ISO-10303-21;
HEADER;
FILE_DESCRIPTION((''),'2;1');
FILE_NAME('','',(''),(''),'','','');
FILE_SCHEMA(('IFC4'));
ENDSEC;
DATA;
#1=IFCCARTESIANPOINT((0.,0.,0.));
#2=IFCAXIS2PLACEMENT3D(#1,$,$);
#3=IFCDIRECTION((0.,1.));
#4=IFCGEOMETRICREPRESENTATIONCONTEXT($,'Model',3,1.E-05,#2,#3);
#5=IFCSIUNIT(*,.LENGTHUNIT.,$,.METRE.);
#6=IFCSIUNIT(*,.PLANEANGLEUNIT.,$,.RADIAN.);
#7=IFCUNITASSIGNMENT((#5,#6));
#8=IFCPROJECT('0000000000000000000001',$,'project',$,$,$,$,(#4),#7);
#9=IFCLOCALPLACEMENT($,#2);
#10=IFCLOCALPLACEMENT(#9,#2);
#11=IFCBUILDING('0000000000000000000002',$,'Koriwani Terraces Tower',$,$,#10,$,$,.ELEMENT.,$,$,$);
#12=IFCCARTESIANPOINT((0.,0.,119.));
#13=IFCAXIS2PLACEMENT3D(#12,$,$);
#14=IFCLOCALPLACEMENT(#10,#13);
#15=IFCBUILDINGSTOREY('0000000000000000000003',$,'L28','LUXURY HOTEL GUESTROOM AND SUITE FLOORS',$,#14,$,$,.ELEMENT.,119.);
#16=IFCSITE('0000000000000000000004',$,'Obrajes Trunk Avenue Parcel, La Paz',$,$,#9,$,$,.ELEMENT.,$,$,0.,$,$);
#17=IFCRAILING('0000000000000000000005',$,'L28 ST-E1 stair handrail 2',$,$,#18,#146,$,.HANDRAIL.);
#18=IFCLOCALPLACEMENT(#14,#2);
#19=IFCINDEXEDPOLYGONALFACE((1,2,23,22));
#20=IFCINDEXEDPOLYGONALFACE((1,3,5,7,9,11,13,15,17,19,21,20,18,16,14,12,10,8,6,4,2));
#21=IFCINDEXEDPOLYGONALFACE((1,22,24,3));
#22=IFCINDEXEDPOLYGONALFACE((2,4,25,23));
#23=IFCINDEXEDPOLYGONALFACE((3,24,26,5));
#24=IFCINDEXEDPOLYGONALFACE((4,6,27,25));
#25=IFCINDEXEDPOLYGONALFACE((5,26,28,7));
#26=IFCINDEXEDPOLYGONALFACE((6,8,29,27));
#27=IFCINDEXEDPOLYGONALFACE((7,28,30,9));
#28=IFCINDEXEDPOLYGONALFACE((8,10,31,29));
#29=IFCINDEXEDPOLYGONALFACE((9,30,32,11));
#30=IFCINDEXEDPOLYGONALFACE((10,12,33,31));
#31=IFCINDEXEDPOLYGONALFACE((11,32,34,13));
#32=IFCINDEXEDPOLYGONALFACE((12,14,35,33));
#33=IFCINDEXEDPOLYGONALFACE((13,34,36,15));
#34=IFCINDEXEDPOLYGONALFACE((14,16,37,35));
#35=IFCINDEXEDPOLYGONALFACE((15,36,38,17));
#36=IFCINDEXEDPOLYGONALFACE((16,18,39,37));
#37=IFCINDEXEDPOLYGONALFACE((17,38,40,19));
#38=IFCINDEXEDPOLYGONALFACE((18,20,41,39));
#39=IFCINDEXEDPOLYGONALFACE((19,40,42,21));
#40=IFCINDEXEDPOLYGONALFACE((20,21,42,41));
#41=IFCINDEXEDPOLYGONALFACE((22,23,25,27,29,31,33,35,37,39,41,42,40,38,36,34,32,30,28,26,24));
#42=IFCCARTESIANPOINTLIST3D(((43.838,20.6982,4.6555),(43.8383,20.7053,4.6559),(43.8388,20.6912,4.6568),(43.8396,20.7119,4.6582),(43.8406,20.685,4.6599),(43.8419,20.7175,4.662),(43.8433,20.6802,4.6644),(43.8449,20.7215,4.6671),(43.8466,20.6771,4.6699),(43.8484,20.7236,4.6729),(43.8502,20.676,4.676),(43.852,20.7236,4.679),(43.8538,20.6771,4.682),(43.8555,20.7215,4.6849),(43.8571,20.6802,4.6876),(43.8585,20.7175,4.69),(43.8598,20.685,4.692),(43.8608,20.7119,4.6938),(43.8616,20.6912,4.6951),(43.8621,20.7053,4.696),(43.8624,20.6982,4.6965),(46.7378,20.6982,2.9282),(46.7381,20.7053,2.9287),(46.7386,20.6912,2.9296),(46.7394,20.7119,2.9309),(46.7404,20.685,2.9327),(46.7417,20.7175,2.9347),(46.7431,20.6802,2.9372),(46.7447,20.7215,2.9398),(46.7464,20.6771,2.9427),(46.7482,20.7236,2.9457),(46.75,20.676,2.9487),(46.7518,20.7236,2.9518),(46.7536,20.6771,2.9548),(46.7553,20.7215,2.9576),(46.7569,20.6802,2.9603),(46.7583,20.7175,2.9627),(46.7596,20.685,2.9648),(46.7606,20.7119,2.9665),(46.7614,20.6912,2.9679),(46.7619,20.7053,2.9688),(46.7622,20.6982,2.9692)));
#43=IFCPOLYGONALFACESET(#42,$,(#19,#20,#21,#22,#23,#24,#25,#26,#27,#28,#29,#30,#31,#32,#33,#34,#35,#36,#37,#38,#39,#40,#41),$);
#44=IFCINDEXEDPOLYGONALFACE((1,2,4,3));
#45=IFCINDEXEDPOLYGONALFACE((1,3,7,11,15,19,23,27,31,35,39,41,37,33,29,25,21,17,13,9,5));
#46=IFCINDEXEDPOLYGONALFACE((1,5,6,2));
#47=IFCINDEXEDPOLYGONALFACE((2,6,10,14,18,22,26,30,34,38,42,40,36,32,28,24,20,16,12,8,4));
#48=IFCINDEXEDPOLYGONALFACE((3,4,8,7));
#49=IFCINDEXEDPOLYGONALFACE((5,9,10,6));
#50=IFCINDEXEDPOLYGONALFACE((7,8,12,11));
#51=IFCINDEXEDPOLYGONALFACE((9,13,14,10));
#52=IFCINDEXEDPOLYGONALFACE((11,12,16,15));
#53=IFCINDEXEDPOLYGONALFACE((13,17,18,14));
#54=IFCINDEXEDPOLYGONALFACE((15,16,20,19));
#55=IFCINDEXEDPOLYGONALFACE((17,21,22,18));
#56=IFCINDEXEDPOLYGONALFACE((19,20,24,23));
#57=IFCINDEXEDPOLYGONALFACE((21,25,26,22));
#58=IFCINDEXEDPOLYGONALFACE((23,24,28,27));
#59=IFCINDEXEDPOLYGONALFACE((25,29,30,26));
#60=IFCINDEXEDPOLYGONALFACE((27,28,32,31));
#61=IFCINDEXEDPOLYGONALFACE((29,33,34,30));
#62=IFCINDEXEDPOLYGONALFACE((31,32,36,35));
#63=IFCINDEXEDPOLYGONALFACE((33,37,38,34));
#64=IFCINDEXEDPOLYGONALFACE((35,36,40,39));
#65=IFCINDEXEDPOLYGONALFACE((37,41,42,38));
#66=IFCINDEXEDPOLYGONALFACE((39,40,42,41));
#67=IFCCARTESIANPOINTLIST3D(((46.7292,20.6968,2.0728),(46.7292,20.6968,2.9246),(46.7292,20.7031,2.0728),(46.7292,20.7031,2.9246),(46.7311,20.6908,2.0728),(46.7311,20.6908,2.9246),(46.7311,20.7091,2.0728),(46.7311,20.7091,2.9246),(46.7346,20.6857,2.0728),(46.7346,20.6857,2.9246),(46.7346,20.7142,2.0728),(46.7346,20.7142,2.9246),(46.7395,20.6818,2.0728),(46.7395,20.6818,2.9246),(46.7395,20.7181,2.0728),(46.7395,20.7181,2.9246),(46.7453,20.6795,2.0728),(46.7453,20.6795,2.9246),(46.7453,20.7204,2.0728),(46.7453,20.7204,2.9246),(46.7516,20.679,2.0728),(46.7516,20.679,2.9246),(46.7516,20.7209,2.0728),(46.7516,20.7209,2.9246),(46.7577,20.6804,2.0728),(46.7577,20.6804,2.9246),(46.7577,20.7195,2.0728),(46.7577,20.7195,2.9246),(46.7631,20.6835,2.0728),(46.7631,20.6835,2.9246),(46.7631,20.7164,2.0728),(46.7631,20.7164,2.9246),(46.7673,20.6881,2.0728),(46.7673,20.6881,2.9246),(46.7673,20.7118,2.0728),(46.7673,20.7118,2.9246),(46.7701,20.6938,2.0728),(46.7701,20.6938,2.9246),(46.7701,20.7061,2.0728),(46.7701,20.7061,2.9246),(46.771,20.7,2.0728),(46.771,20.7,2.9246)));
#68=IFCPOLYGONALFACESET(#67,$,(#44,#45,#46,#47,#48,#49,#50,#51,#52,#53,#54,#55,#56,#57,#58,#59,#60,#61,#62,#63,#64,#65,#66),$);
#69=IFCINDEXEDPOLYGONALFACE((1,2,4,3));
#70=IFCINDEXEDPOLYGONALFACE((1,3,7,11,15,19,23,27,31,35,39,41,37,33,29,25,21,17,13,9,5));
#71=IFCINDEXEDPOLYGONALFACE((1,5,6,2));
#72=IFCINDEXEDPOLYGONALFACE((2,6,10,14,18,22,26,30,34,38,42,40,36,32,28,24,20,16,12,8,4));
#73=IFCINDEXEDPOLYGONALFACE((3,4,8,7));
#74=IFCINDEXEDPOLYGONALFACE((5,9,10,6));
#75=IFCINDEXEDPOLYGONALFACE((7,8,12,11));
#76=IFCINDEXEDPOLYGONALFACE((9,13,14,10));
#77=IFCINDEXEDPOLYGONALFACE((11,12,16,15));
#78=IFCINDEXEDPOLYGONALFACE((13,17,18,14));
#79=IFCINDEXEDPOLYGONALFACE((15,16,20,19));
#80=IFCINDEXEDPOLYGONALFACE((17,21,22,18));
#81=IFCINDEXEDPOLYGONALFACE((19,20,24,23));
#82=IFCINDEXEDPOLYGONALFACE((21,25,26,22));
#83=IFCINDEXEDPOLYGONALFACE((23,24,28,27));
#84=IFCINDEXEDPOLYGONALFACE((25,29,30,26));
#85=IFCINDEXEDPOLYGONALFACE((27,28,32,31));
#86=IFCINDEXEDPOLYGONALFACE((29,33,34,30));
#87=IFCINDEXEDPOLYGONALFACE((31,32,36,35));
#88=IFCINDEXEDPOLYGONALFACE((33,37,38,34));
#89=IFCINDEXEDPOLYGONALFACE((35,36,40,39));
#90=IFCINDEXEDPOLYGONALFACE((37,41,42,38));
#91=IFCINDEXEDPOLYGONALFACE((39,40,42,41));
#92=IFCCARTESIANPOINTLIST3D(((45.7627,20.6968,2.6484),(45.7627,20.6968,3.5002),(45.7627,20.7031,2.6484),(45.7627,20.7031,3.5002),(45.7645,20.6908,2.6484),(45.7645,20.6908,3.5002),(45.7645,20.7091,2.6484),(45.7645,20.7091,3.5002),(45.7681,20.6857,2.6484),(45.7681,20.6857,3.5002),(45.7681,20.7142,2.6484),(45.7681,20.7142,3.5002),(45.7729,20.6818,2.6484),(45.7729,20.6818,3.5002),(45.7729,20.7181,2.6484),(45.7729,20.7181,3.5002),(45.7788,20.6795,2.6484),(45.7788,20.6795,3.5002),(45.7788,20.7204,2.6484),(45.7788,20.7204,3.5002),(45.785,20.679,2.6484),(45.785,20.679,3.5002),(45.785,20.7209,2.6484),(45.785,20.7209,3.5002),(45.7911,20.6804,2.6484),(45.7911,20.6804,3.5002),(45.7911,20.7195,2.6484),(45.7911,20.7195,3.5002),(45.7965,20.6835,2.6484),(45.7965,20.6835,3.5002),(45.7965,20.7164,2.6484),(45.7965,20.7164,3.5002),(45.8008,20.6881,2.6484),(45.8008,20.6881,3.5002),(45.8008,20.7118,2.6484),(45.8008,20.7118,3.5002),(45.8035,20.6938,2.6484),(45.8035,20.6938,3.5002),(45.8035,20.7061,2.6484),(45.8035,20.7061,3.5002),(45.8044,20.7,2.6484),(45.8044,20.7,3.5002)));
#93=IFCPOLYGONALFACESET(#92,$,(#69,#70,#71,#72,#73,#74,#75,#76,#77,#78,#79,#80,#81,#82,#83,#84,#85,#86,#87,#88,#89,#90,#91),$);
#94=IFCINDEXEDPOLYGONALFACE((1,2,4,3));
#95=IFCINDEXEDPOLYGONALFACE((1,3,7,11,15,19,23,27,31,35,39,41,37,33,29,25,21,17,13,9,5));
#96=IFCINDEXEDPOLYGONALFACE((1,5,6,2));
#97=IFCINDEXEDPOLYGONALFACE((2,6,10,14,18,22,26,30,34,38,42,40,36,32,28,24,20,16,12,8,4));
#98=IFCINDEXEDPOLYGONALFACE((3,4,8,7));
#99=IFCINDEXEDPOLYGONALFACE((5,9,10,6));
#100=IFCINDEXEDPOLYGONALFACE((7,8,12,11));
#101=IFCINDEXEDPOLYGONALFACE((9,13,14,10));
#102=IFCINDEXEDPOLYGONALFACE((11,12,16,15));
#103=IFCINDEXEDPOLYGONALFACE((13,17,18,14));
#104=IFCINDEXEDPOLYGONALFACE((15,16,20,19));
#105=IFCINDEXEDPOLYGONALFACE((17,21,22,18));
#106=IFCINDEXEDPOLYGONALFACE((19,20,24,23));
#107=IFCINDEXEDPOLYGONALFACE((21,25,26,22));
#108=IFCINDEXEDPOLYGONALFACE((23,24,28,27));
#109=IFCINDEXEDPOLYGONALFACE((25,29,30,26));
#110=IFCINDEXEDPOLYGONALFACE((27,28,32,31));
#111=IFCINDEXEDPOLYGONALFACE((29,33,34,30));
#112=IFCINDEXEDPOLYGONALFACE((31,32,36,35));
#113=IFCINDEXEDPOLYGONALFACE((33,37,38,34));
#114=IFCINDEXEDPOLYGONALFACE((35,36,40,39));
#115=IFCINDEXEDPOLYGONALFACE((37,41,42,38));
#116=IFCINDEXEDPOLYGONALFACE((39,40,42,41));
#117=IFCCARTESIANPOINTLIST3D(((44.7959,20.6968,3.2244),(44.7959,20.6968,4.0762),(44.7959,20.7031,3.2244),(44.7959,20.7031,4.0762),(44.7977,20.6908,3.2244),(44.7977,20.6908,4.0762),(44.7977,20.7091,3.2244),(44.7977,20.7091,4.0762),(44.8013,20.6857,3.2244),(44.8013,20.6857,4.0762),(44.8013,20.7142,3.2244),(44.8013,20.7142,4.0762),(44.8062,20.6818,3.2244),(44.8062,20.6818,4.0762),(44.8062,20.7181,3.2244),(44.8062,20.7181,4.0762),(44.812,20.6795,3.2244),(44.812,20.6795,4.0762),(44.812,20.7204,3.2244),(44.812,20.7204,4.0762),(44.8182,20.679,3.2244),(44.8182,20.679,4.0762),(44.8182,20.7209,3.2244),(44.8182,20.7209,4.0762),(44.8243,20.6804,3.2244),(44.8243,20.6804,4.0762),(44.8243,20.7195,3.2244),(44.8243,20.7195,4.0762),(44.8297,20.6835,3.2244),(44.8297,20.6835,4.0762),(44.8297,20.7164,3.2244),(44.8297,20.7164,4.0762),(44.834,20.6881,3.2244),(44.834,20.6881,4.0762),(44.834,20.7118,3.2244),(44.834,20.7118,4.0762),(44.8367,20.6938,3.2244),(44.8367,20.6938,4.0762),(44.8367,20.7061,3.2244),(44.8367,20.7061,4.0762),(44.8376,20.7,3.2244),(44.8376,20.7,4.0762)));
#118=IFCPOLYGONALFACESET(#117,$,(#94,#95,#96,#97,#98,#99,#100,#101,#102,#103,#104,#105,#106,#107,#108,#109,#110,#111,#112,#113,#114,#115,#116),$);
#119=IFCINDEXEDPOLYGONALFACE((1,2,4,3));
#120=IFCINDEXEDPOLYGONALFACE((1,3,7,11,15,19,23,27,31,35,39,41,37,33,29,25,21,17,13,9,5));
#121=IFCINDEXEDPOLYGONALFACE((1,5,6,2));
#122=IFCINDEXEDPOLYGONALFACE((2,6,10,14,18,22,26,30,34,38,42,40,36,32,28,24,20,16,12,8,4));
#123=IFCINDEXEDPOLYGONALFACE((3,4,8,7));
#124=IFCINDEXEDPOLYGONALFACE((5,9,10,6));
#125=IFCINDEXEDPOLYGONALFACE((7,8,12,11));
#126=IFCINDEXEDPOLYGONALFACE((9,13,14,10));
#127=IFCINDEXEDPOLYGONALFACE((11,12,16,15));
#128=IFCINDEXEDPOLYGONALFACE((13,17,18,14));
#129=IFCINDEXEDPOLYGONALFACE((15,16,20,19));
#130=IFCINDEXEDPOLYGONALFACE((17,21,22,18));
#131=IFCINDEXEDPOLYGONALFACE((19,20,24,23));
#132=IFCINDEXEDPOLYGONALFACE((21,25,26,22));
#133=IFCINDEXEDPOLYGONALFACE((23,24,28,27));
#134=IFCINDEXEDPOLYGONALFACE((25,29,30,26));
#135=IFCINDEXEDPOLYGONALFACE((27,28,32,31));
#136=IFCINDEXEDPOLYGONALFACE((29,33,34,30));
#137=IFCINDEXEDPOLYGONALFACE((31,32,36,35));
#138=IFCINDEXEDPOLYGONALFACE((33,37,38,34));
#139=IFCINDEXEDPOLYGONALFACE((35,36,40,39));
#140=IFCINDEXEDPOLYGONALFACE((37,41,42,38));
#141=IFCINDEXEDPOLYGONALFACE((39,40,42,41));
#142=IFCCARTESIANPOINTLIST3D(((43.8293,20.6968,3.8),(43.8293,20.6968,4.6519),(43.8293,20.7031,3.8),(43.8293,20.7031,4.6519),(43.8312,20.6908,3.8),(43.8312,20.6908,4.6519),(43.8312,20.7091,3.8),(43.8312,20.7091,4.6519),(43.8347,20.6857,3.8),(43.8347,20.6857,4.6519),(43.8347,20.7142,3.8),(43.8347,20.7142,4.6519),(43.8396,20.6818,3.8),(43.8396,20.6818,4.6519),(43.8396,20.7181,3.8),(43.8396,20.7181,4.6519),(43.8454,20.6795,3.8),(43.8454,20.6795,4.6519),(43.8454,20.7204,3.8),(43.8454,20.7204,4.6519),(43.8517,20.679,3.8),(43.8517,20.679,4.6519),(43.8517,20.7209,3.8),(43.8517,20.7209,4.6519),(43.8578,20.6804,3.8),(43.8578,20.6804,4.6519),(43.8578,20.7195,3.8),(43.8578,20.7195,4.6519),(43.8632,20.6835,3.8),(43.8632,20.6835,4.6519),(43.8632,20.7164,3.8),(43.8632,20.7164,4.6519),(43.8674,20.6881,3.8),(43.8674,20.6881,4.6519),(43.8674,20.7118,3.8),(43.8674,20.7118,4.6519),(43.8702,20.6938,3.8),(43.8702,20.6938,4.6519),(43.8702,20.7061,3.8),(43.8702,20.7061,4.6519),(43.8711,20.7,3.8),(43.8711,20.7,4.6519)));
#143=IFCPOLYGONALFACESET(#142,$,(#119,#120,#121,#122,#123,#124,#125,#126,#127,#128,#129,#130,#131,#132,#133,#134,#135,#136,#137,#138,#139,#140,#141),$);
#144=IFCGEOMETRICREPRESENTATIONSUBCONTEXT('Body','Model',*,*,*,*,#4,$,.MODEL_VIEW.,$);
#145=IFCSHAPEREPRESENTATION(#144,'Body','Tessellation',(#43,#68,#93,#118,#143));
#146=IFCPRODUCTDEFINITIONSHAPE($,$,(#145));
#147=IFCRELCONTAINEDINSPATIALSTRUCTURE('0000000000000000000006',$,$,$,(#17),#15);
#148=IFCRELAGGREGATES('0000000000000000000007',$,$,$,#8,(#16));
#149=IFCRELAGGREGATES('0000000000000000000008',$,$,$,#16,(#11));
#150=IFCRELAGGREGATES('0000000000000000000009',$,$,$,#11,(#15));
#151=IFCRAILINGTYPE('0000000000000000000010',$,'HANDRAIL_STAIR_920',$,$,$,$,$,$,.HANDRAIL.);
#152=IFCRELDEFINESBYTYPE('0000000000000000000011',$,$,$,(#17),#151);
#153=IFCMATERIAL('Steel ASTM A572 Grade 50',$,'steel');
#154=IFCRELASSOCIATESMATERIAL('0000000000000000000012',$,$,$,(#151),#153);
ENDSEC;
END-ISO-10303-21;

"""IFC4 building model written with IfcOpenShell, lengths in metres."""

from ifc_helpers import new_model, si_unit, direction, frame, origin, origin_2d, place, context, subcontext, project, spatial, circle, extrude, material, type_object, element, save


model = new_model("IFC4")

# Units and contexts
model_context = context("Model", 3, precision=1e-05, world=origin(), true_north=direction((0.0, 1.0)))
body_context = subcontext(model_context, "Body", "Model", "MODEL_VIEW")
ifc_project = project(units=[si_unit("LENGTHUNIT", "METRE"), si_unit("PLANEANGLEUNIT", "RADIAN")], contexts=[model_context])

# Site, building, storey
site_placement = place(None, origin())
site = spatial("IfcSite", under=ifc_project, at=site_placement, Name="Obrajes Trunk Avenue Parcel, La Paz", CompositionType="ELEMENT", RefElevation=0.0)
building_placement = place(site_placement, origin())
building = spatial("IfcBuilding", under=site, at=building_placement, Name="Koriwani Terraces Tower", CompositionType="ELEMENT")
storey_placement = place(building_placement, frame((0.0, 0.0, 119.0)))
storey = spatial("IfcBuildingStorey", under=building, at=storey_placement, Name="L28", Description="LUXURY HOTEL GUESTROOM AND SUITE FLOORS", CompositionType="ELEMENT", Elevation=119.0)

# Shared definitions
ifc_material_1 = material(Name="Steel ASTM A572 Grade 50", Category="steel")

# Railing
railing_type_1 = type_object("IfcRailingType", Name="HANDRAIL_STAIR_920", PredefinedType="HANDRAIL", material=ifc_material_1)
railing_1_placement = place(storey_placement, frame((46.75, 20.7, 2.0728)))
element("IfcRailing", 1, at=railing_1_placement, inside=storey, type_object=railing_type_1, Name="L28 ST-E1 stair handrail 2", PredefinedType="HANDRAIL", context=body_context, shape_type="SweptSolid", body=[
    extrude(circle(Radius=0.0239, at=origin_2d()), frame((0.0, 0.0, 0.876), z_axis=(-0.859141, 0.0, 0.511738), x_axis=(0.0, -1.0, 0.0)), (0.0, 0.0, 1.0), 3.3752),
    extrude(circle(Radius=0.021, at=origin_2d()), origin(), (0.0, 0.0, 1.0), 0.8518),
    extrude(circle(Radius=0.021, at=origin_2d()), frame((-0.9666, 0.0, 0.5757)), (0.0, 0.0, 1.0), 0.8518),
    extrude(circle(Radius=0.021, at=origin_2d()), frame((-1.9333, 0.0, 1.1516)), (0.0, 0.0, 1.0), 0.8518),
    extrude(circle(Radius=0.021, at=origin_2d()), frame((-2.8999, 0.0, 1.7273)), (0.0, 0.0, 1.0), 0.8518),
])

save(model, "model.ifc")
